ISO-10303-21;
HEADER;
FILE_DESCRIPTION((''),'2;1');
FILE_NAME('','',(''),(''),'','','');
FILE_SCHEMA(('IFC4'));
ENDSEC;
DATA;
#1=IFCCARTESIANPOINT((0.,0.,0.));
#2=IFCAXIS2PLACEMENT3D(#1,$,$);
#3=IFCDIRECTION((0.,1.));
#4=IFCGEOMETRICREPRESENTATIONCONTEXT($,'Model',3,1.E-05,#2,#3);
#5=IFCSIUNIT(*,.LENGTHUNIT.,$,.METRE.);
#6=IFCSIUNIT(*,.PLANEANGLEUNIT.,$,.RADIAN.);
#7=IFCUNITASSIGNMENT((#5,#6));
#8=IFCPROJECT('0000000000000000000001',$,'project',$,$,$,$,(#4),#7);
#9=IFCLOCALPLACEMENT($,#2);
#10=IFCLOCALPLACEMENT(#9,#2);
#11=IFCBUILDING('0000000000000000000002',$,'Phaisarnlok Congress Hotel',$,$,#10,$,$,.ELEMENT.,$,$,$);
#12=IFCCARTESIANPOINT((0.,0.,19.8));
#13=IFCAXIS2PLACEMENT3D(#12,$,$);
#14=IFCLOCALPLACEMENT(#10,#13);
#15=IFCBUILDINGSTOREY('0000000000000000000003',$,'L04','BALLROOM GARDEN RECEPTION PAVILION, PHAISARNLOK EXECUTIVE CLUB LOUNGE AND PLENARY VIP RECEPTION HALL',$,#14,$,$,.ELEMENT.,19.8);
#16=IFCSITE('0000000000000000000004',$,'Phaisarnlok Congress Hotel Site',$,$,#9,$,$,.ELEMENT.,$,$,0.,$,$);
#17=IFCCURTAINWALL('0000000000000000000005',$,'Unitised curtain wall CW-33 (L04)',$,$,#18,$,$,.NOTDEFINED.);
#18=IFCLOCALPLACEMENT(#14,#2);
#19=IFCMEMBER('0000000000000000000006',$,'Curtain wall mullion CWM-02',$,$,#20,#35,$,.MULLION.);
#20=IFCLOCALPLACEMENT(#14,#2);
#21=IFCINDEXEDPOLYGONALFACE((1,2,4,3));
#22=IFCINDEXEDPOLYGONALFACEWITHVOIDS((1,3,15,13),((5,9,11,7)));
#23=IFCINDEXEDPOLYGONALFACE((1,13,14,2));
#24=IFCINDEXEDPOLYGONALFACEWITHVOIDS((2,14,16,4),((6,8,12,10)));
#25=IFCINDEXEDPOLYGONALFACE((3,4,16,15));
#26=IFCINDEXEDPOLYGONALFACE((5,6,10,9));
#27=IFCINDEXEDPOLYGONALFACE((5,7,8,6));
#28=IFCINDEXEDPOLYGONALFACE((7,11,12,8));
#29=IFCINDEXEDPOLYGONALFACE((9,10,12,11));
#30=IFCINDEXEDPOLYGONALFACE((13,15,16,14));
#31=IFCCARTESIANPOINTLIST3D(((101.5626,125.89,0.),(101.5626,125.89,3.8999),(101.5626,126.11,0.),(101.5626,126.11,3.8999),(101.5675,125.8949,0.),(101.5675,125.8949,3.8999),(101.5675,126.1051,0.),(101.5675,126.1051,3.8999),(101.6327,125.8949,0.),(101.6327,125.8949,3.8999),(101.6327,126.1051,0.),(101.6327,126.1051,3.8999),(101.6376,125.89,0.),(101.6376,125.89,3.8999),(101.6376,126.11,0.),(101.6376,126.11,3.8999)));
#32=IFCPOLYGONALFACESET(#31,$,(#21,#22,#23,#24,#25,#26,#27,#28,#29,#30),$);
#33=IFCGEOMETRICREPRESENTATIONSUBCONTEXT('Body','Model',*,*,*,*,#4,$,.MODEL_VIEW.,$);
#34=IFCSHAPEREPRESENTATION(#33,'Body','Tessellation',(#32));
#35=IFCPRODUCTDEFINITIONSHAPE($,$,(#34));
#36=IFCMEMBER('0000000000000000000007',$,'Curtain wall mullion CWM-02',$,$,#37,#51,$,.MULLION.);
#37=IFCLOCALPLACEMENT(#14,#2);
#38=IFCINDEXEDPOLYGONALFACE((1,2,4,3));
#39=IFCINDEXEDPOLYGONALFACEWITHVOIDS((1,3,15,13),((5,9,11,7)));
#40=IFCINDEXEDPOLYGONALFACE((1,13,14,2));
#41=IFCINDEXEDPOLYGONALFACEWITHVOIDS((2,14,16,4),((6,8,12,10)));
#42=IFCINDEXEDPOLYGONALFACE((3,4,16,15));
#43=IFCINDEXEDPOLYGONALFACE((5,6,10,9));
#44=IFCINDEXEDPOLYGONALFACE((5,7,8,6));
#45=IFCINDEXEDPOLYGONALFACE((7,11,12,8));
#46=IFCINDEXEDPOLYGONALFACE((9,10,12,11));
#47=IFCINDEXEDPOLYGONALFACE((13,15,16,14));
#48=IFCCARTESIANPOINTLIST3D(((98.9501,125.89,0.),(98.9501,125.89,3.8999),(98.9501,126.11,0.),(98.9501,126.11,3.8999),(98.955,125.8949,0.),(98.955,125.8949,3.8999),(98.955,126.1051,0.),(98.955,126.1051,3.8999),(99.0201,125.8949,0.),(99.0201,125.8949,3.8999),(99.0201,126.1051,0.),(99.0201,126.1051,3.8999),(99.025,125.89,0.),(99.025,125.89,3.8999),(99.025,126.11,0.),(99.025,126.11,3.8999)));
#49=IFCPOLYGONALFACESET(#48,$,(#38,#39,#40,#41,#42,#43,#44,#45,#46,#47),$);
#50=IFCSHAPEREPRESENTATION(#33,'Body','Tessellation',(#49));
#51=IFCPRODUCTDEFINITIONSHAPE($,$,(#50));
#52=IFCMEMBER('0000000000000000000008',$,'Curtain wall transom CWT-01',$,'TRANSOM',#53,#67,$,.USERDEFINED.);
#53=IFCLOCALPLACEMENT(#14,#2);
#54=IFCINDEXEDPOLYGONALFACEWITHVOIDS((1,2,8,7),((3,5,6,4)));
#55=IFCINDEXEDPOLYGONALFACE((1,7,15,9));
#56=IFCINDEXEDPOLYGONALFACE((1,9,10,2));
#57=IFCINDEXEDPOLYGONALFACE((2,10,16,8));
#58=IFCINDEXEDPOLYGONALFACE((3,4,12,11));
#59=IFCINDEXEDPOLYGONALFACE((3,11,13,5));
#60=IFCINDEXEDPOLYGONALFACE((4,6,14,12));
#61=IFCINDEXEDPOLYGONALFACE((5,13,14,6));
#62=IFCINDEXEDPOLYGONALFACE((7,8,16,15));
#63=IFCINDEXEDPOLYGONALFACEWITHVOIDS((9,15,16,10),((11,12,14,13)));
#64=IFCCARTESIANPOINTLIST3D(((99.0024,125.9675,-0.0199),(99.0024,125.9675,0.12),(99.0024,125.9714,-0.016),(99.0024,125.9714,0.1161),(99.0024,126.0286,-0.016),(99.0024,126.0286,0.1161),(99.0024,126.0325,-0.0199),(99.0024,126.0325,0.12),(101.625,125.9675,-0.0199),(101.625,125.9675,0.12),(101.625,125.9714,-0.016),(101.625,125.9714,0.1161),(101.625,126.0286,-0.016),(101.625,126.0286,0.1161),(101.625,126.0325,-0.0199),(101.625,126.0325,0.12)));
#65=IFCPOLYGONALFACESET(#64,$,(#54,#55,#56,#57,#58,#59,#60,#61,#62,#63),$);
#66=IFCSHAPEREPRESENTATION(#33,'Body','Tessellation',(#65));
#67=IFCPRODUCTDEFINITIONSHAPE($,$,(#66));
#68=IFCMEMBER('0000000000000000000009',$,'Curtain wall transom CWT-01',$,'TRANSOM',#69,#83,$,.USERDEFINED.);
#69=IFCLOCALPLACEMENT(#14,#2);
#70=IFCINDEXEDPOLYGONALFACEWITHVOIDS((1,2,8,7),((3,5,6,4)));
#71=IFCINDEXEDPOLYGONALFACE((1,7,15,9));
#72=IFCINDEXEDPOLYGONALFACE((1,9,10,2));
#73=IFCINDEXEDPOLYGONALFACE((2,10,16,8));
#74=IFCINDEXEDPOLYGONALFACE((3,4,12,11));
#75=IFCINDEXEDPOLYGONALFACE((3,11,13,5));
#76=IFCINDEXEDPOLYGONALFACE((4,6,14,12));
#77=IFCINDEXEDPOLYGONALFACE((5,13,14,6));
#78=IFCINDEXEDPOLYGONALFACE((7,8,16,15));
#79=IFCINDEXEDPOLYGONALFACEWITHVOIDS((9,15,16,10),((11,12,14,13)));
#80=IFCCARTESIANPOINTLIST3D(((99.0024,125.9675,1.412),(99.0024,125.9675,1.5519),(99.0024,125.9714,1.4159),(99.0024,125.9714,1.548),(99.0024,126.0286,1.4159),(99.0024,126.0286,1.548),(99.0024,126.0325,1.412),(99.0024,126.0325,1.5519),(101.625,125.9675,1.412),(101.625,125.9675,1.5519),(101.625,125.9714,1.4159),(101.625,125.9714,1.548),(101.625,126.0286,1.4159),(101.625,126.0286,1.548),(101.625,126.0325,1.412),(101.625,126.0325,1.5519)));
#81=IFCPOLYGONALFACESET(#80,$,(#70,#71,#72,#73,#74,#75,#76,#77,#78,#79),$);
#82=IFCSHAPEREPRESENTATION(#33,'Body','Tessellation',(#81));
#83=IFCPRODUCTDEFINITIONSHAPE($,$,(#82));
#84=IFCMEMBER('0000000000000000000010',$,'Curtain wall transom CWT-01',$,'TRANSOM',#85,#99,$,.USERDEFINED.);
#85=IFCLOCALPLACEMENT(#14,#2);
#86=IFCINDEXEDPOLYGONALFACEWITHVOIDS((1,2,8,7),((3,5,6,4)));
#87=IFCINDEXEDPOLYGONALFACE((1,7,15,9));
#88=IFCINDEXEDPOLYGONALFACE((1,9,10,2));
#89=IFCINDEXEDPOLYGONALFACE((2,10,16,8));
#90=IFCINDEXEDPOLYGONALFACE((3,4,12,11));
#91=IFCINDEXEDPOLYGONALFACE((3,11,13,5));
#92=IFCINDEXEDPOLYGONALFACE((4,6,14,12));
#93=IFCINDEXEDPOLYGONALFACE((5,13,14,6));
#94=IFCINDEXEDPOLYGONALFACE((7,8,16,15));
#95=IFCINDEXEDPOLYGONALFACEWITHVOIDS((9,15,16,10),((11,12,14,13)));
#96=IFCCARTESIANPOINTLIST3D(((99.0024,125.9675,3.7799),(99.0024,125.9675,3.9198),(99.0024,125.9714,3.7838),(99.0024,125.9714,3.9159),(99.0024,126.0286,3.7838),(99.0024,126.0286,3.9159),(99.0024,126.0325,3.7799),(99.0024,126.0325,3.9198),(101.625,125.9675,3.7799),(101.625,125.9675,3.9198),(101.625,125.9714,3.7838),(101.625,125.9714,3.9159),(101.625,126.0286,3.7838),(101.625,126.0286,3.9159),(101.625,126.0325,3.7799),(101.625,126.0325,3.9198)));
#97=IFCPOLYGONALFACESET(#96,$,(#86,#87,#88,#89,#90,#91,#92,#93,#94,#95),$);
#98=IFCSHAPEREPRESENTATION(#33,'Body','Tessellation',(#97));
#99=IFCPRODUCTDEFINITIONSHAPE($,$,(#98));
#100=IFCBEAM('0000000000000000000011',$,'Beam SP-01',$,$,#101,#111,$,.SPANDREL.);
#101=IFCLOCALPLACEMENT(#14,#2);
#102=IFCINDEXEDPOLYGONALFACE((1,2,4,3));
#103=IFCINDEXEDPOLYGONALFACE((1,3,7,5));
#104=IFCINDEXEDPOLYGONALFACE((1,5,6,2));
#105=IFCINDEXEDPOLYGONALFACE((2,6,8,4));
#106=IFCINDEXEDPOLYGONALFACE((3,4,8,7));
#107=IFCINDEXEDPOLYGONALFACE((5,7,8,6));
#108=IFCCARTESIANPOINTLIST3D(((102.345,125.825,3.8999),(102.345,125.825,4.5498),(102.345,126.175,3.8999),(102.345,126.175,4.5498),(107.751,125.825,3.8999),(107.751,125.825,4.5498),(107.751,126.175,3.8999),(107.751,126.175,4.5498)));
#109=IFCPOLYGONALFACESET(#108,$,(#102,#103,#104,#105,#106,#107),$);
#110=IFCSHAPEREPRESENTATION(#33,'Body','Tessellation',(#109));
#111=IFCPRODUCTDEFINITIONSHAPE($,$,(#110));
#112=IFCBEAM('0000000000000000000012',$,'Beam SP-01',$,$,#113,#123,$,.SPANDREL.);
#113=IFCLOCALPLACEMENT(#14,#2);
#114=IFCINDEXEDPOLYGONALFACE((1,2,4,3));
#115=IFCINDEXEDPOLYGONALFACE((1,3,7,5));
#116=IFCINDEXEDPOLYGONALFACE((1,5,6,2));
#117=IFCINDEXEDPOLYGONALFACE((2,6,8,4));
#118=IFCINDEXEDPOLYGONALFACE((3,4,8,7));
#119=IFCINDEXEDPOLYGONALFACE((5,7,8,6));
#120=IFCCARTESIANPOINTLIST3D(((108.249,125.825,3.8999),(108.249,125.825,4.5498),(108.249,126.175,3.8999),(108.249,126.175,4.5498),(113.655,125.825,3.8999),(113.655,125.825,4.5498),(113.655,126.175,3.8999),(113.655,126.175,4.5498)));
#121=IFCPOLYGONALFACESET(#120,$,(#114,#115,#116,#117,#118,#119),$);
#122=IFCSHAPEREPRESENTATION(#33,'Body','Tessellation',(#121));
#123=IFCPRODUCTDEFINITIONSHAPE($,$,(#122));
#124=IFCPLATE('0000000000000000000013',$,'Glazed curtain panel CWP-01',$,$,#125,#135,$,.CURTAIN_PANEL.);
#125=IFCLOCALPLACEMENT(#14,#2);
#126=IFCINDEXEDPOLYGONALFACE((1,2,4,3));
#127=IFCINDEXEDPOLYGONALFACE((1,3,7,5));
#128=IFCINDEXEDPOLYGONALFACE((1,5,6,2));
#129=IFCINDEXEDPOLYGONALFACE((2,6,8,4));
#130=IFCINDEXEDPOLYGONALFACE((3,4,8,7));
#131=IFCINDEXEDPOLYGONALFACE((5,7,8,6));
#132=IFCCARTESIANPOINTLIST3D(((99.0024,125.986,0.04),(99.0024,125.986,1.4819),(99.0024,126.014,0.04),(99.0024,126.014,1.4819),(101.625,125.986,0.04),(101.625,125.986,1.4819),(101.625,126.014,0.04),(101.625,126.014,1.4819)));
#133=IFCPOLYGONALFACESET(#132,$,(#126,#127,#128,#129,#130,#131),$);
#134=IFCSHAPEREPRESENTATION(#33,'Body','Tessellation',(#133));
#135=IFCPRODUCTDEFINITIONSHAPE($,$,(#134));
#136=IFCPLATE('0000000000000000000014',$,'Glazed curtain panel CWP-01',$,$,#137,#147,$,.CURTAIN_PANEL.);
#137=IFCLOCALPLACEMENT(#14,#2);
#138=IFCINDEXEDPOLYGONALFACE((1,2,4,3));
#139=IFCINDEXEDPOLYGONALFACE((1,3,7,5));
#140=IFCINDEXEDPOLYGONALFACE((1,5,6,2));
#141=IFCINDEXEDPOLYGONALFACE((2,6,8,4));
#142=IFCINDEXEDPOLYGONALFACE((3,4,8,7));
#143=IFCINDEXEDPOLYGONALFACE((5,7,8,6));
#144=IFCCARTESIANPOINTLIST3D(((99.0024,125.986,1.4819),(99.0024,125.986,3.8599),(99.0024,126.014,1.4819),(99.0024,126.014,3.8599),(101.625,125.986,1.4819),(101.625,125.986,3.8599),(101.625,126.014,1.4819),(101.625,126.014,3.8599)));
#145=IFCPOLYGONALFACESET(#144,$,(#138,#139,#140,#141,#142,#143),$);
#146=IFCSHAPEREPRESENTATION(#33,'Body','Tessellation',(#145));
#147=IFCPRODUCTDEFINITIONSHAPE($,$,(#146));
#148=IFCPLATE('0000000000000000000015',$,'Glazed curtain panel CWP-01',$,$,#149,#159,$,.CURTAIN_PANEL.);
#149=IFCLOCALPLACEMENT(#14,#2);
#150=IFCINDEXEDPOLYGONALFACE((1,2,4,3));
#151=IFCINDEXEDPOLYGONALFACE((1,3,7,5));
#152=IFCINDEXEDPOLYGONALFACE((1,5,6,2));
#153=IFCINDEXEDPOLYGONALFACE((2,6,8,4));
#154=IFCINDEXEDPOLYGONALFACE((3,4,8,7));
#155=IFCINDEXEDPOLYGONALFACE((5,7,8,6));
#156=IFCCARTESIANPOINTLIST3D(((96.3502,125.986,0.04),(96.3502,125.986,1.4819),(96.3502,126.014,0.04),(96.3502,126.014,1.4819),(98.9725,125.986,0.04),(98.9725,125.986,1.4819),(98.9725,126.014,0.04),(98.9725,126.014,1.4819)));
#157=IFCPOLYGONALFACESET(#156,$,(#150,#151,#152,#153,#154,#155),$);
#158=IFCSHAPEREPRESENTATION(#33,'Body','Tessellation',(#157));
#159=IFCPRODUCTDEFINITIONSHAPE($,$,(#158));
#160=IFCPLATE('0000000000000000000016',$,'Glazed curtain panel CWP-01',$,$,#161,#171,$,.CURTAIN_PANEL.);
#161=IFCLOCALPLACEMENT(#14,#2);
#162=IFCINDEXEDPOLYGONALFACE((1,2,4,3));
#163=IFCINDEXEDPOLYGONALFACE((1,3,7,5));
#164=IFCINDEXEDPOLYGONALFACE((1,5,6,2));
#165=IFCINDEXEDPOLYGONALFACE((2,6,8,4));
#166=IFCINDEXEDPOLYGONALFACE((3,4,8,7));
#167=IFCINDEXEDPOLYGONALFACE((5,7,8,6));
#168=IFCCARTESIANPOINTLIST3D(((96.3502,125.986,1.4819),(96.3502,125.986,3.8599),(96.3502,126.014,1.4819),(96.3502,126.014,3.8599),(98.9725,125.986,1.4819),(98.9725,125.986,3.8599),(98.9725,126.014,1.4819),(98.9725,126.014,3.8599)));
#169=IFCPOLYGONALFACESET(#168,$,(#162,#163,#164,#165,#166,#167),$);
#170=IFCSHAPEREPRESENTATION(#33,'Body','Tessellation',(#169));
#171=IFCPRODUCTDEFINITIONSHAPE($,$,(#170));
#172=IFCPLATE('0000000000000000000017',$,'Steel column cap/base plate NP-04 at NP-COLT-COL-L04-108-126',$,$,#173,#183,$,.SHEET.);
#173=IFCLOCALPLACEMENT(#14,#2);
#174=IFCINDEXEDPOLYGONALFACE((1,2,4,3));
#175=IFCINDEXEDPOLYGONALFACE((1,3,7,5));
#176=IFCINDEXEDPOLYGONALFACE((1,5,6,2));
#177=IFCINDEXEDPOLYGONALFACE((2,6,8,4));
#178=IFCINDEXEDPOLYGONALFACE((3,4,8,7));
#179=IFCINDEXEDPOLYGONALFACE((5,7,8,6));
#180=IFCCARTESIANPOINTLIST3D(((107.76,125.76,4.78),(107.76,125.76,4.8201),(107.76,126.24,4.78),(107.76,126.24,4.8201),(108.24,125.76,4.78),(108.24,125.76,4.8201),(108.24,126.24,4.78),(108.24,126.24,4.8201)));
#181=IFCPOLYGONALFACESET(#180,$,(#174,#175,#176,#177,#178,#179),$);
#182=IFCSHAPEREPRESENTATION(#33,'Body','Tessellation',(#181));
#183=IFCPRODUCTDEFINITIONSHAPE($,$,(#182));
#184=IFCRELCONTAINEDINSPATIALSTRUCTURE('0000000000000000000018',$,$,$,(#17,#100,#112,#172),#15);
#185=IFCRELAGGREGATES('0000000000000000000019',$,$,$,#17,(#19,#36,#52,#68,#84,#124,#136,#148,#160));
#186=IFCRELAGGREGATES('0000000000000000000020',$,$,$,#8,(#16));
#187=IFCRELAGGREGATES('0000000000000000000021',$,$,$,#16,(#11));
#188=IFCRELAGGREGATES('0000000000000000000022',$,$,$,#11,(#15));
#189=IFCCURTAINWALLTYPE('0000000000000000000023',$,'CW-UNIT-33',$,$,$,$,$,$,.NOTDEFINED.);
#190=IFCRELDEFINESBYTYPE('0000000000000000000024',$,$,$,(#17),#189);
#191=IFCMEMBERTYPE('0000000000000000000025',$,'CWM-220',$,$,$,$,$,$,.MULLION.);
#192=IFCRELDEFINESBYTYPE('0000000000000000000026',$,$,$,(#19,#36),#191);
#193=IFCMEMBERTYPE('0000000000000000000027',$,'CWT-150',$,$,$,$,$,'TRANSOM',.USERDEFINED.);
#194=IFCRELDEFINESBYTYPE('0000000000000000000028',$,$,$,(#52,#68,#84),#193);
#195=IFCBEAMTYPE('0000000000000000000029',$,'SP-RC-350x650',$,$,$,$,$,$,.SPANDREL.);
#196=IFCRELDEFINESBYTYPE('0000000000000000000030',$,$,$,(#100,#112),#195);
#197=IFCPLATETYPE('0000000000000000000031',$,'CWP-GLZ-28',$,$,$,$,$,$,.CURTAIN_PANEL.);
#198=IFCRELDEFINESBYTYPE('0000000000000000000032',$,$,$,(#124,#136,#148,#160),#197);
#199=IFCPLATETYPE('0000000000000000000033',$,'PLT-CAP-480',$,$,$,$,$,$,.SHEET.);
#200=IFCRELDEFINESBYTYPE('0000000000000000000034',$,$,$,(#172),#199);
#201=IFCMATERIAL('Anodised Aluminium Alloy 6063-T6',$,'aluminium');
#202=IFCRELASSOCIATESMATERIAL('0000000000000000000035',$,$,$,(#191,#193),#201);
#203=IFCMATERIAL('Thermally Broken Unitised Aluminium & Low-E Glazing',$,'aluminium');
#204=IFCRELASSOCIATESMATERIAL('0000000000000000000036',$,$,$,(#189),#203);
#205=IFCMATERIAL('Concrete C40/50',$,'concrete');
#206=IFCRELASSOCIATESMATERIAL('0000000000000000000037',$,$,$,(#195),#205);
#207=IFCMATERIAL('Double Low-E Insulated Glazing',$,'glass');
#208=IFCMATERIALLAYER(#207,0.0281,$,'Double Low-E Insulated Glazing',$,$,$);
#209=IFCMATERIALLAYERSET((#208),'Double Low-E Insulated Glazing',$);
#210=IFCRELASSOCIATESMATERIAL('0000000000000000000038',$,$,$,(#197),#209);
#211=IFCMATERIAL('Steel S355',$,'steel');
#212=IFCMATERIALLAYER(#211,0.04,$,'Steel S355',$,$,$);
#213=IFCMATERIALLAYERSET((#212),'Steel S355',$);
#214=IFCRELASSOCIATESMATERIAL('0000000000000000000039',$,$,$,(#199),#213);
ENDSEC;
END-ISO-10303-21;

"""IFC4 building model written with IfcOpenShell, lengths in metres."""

from ifc_helpers import new_model, si_unit, direction, frame, frame_2d, origin, origin_2d, place, context, subcontext, project, spatial, rectangle, hollow_rectangle, extrude, material, layer, layer_set, material_profile, profile_set, type_object, element, aggregate, save


model = new_model("IFC4")

# Units and contexts
model_context = context("Model", 3, precision=1e-05, world=origin(), true_north=direction((0.0, 1.0)))
body_context = subcontext(model_context, "Body", "Model", "MODEL_VIEW")
ifc_project = project(units=[si_unit("LENGTHUNIT", "METRE"), si_unit("PLANEANGLEUNIT", "RADIAN")], contexts=[model_context])

# Site, building, storey
site_placement = place(None, origin())
site = spatial("IfcSite", under=ifc_project, at=site_placement, Name="Phaisarnlok Congress Hotel Site", CompositionType="ELEMENT", RefElevation=0.0)
building_placement = place(site_placement, origin())
building = spatial("IfcBuilding", under=site, at=building_placement, Name="Phaisarnlok Congress Hotel", CompositionType="ELEMENT")
storey_placement = place(building_placement, frame((0.0, 0.0, 19.8)))
storey = spatial("IfcBuildingStorey", under=building, at=storey_placement, Name="L04", Description="BALLROOM GARDEN RECEPTION PAVILION, PHAISARNLOK EXECUTIVE CLUB LOUNGE AND PLENARY VIP RECEPTION HALL", CompositionType="ELEMENT", Elevation=19.8)

# Shared definitions
ifc_material_1 = material(Name="Steel S355", Category="steel")

# Shared definitions
ifc_material_2 = material(Name="Concrete C40/50", Category="concrete")

# Shared definitions
ifc_material_3 = material(Name="Thermally Broken Unitised Aluminium & Low-E Glazing", Category="aluminium")
ifc_material_4 = material(Name="Anodised Aluminium Alloy 6063-T6", Category="aluminium")
ifc_material_profile_1 = material_profile(ifc_material_4, hollow_rectangle(XDim=0.075, YDim=0.22, WallThickness=0.0049, at=origin_2d()), Name="ALU-M 75x220x5")
ifc_profile_set_1 = profile_set([ifc_material_profile_1], Name="Anodised Aluminium Alloy 6063-T6")
member_type_1 = type_object("IfcMemberType", Name="CWM-220", PredefinedType="MULLION", material=ifc_profile_set_1)

# Curtain wall, members
curtain_wall_type_1 = type_object("IfcCurtainWallType", Name="CW-UNIT-33", PredefinedType="NOTDEFINED", material=ifc_material_3)
curtain_wall_1_placement = place(storey_placement, origin())
curtain_wall_1 = element("IfcCurtainWall", 1, at=curtain_wall_1_placement, inside=storey, type_object=curtain_wall_type_1, Name="Unitised curtain wall CW-33 (L04)", PredefinedType="NOTDEFINED")
member_1_placement = place(storey_placement, frame((101.6001, 126.0, 0.0), z_axis=(0.0, 0.0, 1.0), x_axis=(-1.0, 0.0, 0.0)))
member_1 = element("IfcMember", 2, at=member_1_placement, type_object=member_type_1, Name="Curtain wall mullion CWM-02", PredefinedType="MULLION", context=body_context, shape_type="SweptSolid", body=[
    extrude(hollow_rectangle(XDim=0.075, YDim=0.22, WallThickness=0.0049, at=origin_2d()), origin(), (0.0, 0.0, 1.0), 3.8999),
])
member_2_placement = place(storey_placement, frame((98.9875, 126.0, 0.0), z_axis=(0.0, 0.0, 1.0), x_axis=(-1.0, 0.0, 0.0)))
member_2 = element("IfcMember", 3, at=member_2_placement, type_object=member_type_1, Name="Curtain wall mullion CWM-02", PredefinedType="MULLION", context=body_context, shape_type="SweptSolid", body=[
    extrude(hollow_rectangle(XDim=0.075, YDim=0.22, WallThickness=0.0049, at=origin_2d()), origin(), (0.0, 0.0, 1.0), 3.8999),
])
ifc_material_profile_2 = material_profile(ifc_material_4, hollow_rectangle(XDim=0.0649, YDim=0.1399, WallThickness=0.0039, at=origin_2d()), Name="ALU-T 65x140x4")
ifc_profile_set_2 = profile_set([ifc_material_profile_2], Name="Anodised Aluminium Alloy 6063-T6")
member_type_2 = type_object("IfcMemberType", Name="CWT-150", ElementType="TRANSOM", PredefinedType="USERDEFINED", material=ifc_profile_set_2)
member_3_placement = place(storey_placement, frame((101.625, 126.0, 0.05), z_axis=(-1.0, 0.0, 0.0), x_axis=(0.0, -1.0, 0.0)))
member_3 = element("IfcMember", 4, at=member_3_placement, type_object=member_type_2, Name="Curtain wall transom CWT-01", ObjectType="TRANSOM", PredefinedType="USERDEFINED", context=body_context, shape_type="SweptSolid", body=[
    extrude(hollow_rectangle(XDim=0.0649, YDim=0.1399, WallThickness=0.0039, at=origin_2d()), origin(), (0.0, 0.0, 1.0), 2.6226),
])
member_4_placement = place(storey_placement, frame((101.625, 126.0, 1.4819), z_axis=(-1.0, 0.0, 0.0), x_axis=(0.0, -1.0, 0.0)))
member_4 = element("IfcMember", 5, at=member_4_placement, type_object=member_type_2, Name="Curtain wall transom CWT-01", ObjectType="TRANSOM", PredefinedType="USERDEFINED", context=body_context, shape_type="SweptSolid", body=[
    extrude(hollow_rectangle(XDim=0.0649, YDim=0.1399, WallThickness=0.0039, at=origin_2d()), origin(), (0.0, 0.0, 1.0), 2.6226),
])
member_5_placement = place(storey_placement, frame((101.625, 126.0, 3.8499), z_axis=(-1.0, 0.0, 0.0), x_axis=(0.0, -1.0, 0.0)))
member_5 = element("IfcMember", 6, at=member_5_placement, type_object=member_type_2, Name="Curtain wall transom CWT-01", ObjectType="TRANSOM", PredefinedType="USERDEFINED", context=body_context, shape_type="SweptSolid", body=[
    extrude(hollow_rectangle(XDim=0.0649, YDim=0.1399, WallThickness=0.0039, at=origin_2d()), origin(), (0.0, 0.0, 1.0), 2.6226),
])

# Beams
ifc_material_profile_3 = material_profile(ifc_material_2, rectangle(XDim=0.3501, YDim=0.6499, at=origin_2d()), Name="RC 350x650")
ifc_profile_set_3 = profile_set([ifc_material_profile_3], Name="Concrete C40/50")
beam_type_1 = type_object("IfcBeamType", Name="SP-RC-350x650", PredefinedType="SPANDREL", material=ifc_profile_set_3)
for number, where, z_axis, x_axis, name in (
    (7, (102.345, 126.0, 4.2249), (1.0, 0.0, 0.0), (0.0, 1.0, 0.0), "Beam SP-01"),
    (8, (108.249, 126.0, 4.2249), (1.0, 0.0, 0.0), (0.0, 1.0, 0.0), "Beam SP-01"),
):
    element("IfcBeam", number, at=place(storey_placement, frame(where, z_axis=z_axis, x_axis=x_axis)), inside=storey, type_object=beam_type_1, Name=name, PredefinedType="SPANDREL", context=body_context, shape_type="SweptSolid", body=[
        extrude(rectangle(XDim=0.3501, YDim=0.6499, at=origin_2d()), origin(), (0.0, 0.0, 1.0), 5.406),
    ])

# Plates
ifc_material_5 = material(Name="Double Low-E Insulated Glazing", Category="glass")
ifc_layer_1 = layer(ifc_material_5, 0.0281, Name="Double Low-E Insulated Glazing")
ifc_layer_set_1 = layer_set([ifc_layer_1], Name="Double Low-E Insulated Glazing")
plate_type_1 = type_object("IfcPlateType", Name="CWP-GLZ-28", PredefinedType="CURTAIN_PANEL", material=ifc_layer_set_1)
plate_1_placement = place(storey_placement, frame((101.625, 126.0, 0.04), z_axis=(0.0, 0.0, 1.0), x_axis=(-1.0, 0.0, 0.0)))
plate_1 = element("IfcPlate", 9, at=plate_1_placement, type_object=plate_type_1, Name="Glazed curtain panel CWP-01", PredefinedType="CURTAIN_PANEL", context=body_context, shape_type="SweptSolid", body=[
    extrude(rectangle(XDim=2.6226, YDim=0.0281, at=frame_2d((1.3113, 0.0))), origin(), (0.0, 0.0, 1.0), 1.4419),
])
plate_2_placement = place(storey_placement, frame((101.625, 126.0, 1.4819), z_axis=(0.0, 0.0, 1.0), x_axis=(-1.0, 0.0, 0.0)))
plate_2 = element("IfcPlate", 10, at=plate_2_placement, type_object=plate_type_1, Name="Glazed curtain panel CWP-01", PredefinedType="CURTAIN_PANEL", context=body_context, shape_type="SweptSolid", body=[
    extrude(rectangle(XDim=2.6226, YDim=0.0281, at=frame_2d((1.3113, 0.0))), origin(), (0.0, 0.0, 1.0), 2.3779),
])
plate_3_placement = place(storey_placement, frame((98.9724, 126.0, 0.04), z_axis=(0.0, 0.0, 1.0), x_axis=(-1.0, 0.0, 0.0)))
plate_3 = element("IfcPlate", 11, at=plate_3_placement, type_object=plate_type_1, Name="Glazed curtain panel CWP-01", PredefinedType="CURTAIN_PANEL", context=body_context, shape_type="SweptSolid", body=[
    extrude(rectangle(XDim=2.6223, YDim=0.0281, at=frame_2d((1.311, 0.0))), origin(), (0.0, 0.0, 1.0), 1.4419),
])
plate_4_placement = place(storey_placement, frame((98.9724, 126.0, 1.4819), z_axis=(0.0, 0.0, 1.0), x_axis=(-1.0, 0.0, 0.0)))
plate_4 = element("IfcPlate", 12, at=plate_4_placement, type_object=plate_type_1, Name="Glazed curtain panel CWP-01", PredefinedType="CURTAIN_PANEL", context=body_context, shape_type="SweptSolid", body=[
    extrude(rectangle(XDim=2.6223, YDim=0.0281, at=frame_2d((1.311, 0.0))), origin(), (0.0, 0.0, 1.0), 2.3779),
])
aggregate(curtain_wall_1, [member_1, member_2, member_3, member_4, member_5, plate_1, plate_2, plate_3, plate_4])
ifc_layer_2 = layer(ifc_material_1, 0.04, Name="Steel S355")
ifc_layer_set_2 = layer_set([ifc_layer_2], Name="Steel S355")
plate_type_2 = type_object("IfcPlateType", Name="PLT-CAP-480", PredefinedType="SHEET", material=ifc_layer_set_2)
plate_5_placement = place(storey_placement, frame((108.0, 126.0, 4.78), z_axis=(0.0, 0.0, 1.0), x_axis=(1.0, 0.0, 0.0)))
element("IfcPlate", 13, at=plate_5_placement, inside=storey, type_object=plate_type_2, Name="Steel column cap/base plate NP-04 at NP-COLT-COL-L04-108-126", PredefinedType="SHEET", context=body_context, shape_type="SweptSolid", body=[
    extrude(rectangle(XDim=0.48, YDim=0.48, at=origin_2d()), origin(), (0.0, 0.0, 1.0), 0.04),
])

save(model, "model.ifc")
